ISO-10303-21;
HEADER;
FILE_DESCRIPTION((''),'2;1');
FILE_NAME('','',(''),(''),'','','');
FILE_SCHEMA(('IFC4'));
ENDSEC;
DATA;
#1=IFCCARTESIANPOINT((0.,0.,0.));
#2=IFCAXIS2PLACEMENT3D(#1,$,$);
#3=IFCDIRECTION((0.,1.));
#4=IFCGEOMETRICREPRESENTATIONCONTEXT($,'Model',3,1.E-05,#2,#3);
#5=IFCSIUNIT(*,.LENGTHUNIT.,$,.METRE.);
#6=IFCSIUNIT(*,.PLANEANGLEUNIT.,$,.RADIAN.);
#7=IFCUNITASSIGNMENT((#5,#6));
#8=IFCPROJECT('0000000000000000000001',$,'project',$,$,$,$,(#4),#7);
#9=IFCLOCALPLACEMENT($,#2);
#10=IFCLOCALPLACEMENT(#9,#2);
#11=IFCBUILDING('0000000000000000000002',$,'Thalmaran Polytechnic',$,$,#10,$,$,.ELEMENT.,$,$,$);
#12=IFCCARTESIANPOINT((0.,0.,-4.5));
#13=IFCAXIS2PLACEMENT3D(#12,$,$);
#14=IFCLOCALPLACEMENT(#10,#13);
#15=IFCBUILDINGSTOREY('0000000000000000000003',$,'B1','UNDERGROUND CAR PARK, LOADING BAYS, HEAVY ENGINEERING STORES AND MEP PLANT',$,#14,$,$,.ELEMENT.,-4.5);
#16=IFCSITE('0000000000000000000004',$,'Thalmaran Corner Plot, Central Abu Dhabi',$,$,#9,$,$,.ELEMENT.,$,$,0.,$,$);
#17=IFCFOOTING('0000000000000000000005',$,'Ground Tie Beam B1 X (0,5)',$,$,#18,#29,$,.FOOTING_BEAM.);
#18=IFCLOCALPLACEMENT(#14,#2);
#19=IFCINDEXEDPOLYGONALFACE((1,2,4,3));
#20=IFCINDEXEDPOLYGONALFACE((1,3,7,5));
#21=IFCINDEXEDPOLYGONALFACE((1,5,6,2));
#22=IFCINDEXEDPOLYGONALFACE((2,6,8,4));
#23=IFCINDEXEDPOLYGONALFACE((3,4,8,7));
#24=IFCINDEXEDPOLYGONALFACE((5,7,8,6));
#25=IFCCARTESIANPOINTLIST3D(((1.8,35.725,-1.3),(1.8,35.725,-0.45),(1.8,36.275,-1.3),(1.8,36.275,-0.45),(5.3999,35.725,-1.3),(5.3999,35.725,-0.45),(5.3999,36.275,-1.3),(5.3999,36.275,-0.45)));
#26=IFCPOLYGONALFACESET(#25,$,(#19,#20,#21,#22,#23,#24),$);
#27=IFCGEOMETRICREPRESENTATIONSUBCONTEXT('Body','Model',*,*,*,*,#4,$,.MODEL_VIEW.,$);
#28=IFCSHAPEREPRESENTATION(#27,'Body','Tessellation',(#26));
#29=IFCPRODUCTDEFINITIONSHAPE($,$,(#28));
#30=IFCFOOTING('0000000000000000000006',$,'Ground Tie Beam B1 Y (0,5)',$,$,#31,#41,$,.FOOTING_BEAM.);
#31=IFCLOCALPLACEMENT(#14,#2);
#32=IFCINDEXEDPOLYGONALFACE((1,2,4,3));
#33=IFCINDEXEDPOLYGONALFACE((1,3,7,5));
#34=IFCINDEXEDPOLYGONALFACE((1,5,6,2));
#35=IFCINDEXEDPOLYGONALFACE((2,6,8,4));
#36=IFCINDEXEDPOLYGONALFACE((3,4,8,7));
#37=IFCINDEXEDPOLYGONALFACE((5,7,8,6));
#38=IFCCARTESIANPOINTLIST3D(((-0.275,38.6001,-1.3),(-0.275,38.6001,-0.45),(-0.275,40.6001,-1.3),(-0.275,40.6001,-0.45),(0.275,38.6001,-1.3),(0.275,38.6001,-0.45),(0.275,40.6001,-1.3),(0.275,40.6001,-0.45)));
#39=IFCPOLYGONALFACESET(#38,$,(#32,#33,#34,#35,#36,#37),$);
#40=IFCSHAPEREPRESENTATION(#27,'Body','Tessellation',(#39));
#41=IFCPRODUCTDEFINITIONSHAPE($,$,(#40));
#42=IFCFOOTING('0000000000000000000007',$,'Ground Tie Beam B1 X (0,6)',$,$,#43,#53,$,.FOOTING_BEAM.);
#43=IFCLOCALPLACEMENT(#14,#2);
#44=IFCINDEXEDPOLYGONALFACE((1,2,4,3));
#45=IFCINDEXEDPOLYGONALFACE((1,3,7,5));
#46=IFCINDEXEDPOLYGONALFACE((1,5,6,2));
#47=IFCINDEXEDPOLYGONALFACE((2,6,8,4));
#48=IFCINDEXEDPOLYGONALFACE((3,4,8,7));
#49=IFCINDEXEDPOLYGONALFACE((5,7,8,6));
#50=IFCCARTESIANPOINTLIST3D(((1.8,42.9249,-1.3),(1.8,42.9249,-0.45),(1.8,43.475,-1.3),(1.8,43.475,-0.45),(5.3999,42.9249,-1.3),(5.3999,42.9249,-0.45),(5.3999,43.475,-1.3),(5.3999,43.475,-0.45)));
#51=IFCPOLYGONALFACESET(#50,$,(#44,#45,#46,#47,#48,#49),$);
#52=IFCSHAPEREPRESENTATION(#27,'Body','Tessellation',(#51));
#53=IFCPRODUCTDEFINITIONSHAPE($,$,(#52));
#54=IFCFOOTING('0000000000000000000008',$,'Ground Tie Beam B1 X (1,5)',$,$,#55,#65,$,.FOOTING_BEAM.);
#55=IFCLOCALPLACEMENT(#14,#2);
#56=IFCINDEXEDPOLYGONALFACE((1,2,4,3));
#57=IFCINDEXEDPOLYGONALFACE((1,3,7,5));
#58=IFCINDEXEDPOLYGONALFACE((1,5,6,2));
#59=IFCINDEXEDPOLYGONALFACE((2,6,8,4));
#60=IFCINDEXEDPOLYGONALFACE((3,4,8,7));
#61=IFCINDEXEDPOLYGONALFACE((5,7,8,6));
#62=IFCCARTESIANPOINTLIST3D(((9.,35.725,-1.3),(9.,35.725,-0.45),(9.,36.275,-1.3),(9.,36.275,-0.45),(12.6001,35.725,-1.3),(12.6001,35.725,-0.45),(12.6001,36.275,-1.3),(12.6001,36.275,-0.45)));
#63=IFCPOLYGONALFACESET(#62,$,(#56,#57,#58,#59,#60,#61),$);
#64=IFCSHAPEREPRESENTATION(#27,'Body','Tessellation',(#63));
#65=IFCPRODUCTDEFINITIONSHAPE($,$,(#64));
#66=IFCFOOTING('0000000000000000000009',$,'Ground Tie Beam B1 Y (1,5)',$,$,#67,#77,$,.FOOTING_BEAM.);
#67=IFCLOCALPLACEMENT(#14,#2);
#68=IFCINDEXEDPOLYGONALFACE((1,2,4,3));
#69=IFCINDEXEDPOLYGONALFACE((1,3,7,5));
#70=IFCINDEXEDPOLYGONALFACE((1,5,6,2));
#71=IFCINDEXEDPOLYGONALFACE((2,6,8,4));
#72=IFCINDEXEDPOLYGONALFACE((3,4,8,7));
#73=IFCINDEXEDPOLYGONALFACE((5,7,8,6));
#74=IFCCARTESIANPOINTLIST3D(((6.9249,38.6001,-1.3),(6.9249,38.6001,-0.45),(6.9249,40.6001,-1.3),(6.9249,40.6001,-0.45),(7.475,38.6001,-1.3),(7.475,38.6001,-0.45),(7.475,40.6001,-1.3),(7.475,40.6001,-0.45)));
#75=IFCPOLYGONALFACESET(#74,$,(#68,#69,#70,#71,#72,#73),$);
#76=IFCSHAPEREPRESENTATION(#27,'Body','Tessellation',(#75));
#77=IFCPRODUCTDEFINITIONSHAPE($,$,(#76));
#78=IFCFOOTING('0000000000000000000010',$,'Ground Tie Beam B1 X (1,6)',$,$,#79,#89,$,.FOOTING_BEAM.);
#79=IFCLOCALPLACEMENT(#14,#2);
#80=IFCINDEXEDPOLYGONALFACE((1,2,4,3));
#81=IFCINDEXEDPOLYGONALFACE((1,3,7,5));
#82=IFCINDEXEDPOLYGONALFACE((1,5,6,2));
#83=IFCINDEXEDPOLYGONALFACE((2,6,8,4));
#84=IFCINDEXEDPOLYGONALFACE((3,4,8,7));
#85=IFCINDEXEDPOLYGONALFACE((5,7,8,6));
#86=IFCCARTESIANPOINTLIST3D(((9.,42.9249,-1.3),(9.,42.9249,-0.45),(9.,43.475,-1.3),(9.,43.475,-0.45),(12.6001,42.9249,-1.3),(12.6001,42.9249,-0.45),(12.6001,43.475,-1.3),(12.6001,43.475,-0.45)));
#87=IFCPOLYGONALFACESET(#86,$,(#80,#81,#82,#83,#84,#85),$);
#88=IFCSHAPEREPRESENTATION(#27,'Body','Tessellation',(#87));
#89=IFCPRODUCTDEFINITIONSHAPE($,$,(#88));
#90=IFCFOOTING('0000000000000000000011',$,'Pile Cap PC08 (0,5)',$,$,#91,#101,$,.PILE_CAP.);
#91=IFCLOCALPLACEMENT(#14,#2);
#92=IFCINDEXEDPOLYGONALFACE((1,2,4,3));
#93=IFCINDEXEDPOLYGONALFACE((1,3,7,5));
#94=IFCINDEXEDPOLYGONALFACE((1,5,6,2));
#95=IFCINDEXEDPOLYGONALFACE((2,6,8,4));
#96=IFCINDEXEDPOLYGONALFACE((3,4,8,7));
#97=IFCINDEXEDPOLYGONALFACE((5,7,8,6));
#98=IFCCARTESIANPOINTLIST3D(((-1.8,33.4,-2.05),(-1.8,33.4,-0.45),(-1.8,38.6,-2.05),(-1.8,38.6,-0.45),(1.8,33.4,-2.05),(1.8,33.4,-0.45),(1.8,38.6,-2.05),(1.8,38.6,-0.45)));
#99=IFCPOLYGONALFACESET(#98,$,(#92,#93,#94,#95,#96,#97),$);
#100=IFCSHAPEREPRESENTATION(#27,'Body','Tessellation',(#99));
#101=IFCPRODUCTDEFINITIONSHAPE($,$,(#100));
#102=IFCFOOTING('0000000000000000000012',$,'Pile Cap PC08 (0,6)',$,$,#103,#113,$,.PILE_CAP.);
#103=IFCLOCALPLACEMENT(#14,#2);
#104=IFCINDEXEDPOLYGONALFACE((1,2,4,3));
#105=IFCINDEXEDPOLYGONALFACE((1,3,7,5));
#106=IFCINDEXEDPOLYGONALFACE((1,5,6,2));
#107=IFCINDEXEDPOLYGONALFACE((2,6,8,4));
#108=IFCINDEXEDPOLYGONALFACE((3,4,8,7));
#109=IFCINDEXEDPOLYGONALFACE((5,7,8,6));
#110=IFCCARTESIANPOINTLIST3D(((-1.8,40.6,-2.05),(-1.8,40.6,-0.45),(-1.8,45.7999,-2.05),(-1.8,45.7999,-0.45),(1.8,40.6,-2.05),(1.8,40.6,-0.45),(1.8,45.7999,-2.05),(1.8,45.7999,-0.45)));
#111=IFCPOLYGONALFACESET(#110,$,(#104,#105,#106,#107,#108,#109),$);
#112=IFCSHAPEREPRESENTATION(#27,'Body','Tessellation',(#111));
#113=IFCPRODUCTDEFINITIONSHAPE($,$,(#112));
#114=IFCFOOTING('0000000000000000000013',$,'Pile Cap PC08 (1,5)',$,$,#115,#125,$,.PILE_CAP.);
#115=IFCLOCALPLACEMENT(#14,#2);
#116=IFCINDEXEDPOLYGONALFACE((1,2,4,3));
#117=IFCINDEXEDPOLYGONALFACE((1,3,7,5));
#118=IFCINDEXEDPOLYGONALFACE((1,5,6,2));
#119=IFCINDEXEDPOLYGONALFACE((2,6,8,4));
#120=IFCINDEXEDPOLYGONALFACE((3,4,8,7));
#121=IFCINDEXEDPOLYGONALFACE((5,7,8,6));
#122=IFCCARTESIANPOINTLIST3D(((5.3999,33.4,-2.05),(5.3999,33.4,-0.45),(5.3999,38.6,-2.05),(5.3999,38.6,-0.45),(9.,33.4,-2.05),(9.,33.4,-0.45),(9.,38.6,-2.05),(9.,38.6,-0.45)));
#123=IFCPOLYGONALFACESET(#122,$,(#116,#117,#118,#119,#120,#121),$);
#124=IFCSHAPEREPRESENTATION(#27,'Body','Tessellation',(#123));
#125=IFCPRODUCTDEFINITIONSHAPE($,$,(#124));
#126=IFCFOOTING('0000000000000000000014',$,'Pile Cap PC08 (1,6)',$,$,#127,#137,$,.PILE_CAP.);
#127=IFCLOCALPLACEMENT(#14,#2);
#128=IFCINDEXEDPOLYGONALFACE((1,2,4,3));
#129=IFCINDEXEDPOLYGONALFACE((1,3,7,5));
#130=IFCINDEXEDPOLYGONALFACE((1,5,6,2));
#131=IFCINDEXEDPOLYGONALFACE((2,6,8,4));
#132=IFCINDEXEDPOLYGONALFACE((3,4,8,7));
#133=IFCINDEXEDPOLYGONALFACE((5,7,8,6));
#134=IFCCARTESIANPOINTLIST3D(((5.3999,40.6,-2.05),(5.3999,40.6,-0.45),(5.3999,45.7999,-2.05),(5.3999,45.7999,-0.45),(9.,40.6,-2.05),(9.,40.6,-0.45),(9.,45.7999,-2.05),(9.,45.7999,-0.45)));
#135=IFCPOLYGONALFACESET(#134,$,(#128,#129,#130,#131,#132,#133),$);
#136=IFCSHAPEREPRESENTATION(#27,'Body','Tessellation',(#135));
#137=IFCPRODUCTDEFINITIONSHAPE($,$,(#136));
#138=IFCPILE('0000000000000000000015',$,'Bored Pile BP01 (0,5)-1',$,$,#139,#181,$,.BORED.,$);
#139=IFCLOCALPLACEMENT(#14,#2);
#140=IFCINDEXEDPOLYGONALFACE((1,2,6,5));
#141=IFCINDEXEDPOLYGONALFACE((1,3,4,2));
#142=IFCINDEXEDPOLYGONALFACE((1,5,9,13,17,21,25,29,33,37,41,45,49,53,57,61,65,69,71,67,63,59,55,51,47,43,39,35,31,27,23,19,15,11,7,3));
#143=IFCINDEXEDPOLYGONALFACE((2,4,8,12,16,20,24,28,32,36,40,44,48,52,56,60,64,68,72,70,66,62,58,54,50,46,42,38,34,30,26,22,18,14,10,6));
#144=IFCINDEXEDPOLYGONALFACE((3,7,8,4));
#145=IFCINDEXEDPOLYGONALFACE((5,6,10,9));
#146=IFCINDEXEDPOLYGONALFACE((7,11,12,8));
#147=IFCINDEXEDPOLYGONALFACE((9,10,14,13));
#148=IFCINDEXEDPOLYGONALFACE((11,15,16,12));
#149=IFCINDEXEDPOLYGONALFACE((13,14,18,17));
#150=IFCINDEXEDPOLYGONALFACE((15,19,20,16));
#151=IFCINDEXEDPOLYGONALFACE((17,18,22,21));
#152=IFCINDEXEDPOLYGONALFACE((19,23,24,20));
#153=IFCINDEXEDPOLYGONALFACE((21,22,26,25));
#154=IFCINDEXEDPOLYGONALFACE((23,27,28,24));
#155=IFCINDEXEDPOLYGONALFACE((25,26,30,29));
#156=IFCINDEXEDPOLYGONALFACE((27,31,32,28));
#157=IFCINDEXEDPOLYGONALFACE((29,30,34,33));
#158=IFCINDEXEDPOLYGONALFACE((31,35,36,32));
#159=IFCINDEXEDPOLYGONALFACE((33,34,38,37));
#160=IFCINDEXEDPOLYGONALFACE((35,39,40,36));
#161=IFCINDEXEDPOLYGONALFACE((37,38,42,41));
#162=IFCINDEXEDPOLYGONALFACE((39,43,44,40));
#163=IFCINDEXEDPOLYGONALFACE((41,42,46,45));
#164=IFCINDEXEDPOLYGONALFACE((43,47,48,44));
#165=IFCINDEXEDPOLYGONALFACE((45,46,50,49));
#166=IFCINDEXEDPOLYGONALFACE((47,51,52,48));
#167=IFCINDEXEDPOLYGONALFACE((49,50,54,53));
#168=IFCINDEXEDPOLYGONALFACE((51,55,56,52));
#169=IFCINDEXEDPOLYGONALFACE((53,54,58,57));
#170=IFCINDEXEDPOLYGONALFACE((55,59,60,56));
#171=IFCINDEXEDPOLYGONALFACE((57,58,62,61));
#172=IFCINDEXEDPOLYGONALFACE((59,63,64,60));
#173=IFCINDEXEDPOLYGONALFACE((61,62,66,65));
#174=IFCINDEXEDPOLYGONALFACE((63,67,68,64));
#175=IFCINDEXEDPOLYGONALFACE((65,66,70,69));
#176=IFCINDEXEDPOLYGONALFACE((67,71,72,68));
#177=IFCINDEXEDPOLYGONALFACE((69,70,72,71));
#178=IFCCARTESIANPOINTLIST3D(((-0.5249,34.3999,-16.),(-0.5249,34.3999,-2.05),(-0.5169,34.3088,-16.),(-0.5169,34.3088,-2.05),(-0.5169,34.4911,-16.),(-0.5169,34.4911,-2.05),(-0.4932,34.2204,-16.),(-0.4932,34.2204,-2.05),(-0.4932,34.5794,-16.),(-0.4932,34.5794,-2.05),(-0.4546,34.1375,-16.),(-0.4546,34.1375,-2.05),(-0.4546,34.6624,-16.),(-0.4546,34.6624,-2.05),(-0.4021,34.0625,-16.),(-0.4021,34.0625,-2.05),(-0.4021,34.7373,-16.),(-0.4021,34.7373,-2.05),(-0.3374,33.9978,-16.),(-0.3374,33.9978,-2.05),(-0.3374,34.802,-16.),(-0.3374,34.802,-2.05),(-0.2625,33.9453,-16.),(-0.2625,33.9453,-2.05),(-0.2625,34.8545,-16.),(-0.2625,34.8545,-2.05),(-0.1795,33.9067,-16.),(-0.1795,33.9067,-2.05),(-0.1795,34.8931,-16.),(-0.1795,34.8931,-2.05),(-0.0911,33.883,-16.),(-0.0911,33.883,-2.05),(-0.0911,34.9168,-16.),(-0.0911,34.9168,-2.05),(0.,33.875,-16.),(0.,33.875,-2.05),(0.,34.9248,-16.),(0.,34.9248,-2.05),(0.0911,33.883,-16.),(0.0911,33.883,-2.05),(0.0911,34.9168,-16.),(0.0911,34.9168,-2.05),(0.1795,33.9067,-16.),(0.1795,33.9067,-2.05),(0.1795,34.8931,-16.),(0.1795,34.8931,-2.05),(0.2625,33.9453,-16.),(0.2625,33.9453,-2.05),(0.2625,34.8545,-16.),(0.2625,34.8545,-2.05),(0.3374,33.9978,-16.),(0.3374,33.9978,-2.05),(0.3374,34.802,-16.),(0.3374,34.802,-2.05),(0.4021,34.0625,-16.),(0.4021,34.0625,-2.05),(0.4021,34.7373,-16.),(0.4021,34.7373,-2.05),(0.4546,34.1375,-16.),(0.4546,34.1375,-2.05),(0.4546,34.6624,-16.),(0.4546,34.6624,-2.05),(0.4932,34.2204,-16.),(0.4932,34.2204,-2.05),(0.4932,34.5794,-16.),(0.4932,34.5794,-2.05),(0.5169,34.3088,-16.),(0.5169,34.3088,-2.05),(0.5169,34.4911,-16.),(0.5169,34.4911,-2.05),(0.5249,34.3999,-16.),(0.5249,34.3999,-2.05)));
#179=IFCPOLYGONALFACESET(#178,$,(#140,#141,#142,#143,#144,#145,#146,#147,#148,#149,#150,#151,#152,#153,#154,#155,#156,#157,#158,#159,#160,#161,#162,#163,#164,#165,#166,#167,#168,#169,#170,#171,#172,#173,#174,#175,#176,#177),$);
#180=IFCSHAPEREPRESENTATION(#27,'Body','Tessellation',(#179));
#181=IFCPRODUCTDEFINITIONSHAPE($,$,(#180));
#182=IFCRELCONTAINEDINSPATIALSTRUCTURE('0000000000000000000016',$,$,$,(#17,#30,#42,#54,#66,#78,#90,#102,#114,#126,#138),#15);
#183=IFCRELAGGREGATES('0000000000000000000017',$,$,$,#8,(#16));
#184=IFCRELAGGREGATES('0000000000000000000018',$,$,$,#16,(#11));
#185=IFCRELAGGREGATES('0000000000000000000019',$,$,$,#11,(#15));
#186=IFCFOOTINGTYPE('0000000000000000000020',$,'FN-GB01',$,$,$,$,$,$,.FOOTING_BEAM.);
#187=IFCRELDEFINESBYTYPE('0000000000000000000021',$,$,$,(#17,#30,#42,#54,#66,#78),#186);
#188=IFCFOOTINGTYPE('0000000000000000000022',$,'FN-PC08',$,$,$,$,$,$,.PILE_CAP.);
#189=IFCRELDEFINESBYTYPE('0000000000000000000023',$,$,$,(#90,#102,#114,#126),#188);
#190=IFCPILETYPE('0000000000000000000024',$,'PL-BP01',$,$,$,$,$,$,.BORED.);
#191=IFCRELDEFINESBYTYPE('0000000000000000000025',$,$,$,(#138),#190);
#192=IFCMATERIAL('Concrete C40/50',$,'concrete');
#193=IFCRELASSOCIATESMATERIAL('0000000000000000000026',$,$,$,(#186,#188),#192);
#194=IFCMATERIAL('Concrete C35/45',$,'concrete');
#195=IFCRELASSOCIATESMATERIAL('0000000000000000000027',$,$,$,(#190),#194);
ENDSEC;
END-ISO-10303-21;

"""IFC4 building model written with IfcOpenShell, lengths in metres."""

from ifc_helpers import new_model, si_unit, direction, frame, origin, origin_2d, place, context, subcontext, project, spatial, rectangle, circle, extrude, material, material_profile, profile_set, type_object, element, save


model = new_model("IFC4")

# Units and contexts
model_context = context("Model", 3, precision=1e-05, world=origin(), true_north=direction((0.0, 1.0)))
body_context = subcontext(model_context, "Body", "Model", "MODEL_VIEW")
ifc_project = project(units=[si_unit("LENGTHUNIT", "METRE"), si_unit("PLANEANGLEUNIT", "RADIAN")], contexts=[model_context])

# Site, building, storey
site_placement = place(None, origin())
site = spatial("IfcSite", under=ifc_project, at=site_placement, Name="Thalmaran Corner Plot, Central Abu Dhabi", CompositionType="ELEMENT", RefElevation=0.0)
building_placement = place(site_placement, origin())
building = spatial("IfcBuilding", under=site, at=building_placement, Name="Thalmaran Polytechnic", CompositionType="ELEMENT")
storey_placement = place(building_placement, frame((0.0, 0.0, -4.5)))
storey = spatial("IfcBuildingStorey", under=building, at=storey_placement, Name="B1", Description="UNDERGROUND CAR PARK, LOADING BAYS, HEAVY ENGINEERING STORES AND MEP PLANT", CompositionType="ELEMENT", Elevation=-4.5)

# Footings
ifc_material_1 = material(Name="Concrete C40/50", Category="concrete")
ifc_material_profile_1 = material_profile(ifc_material_1, rectangle(XDim=0.55, YDim=0.8501, at=origin_2d()), Name="RC 550x850")
ifc_profile_set_1 = profile_set([ifc_material_profile_1], Name="Concrete C40/50")
footing_type_1 = type_object("IfcFootingType", Name="FN-GB01", PredefinedType="FOOTING_BEAM", material=ifc_profile_set_1)
footing_1_placement = place(storey_placement, frame((1.8, 36.0, -0.875), z_axis=(1.0, 0.0, 0.0), x_axis=(0.0, 1.0, 0.0)))
element("IfcFooting", 1, at=footing_1_placement, inside=storey, type_object=footing_type_1, Name="Ground Tie Beam B1 X (0,5)", PredefinedType="FOOTING_BEAM", context=body_context, shape_type="SweptSolid", body=[
    extrude(rectangle(XDim=0.55, YDim=0.8501, at=origin_2d()), origin(), (0.0, 0.0, 1.0), 3.5999),
])
footing_2_placement = place(storey_placement, frame((0.0, 38.6001, -0.875), z_axis=(0.0, 1.0, 0.0), x_axis=(-1.0, 0.0, 0.0)))
element("IfcFooting", 2, at=footing_2_placement, inside=storey, type_object=footing_type_1, Name="Ground Tie Beam B1 Y (0,5)", PredefinedType="FOOTING_BEAM", context=body_context, shape_type="SweptSolid", body=[
    extrude(rectangle(XDim=0.55, YDim=0.8501, at=origin_2d()), origin(), (0.0, 0.0, 1.0), 2.0),
])
footing_3_placement = place(storey_placement, frame((1.8, 43.2, -0.875), z_axis=(1.0, 0.0, 0.0), x_axis=(0.0, 1.0, 0.0)))
element("IfcFooting", 3, at=footing_3_placement, inside=storey, type_object=footing_type_1, Name="Ground Tie Beam B1 X (0,6)", PredefinedType="FOOTING_BEAM", context=body_context, shape_type="SweptSolid", body=[
    extrude(rectangle(XDim=0.55, YDim=0.8501, at=origin_2d()), origin(), (0.0, 0.0, 1.0), 3.5999),
])
footing_4_placement = place(storey_placement, frame((9.0, 36.0, -0.875), z_axis=(1.0, 0.0, 0.0), x_axis=(0.0, 1.0, 0.0)))
element("IfcFooting", 4, at=footing_4_placement, inside=storey, type_object=footing_type_1, Name="Ground Tie Beam B1 X (1,5)", PredefinedType="FOOTING_BEAM", context=body_context, shape_type="SweptSolid", body=[
    extrude(rectangle(XDim=0.55, YDim=0.8501, at=origin_2d()), origin(), (0.0, 0.0, 1.0), 3.6001),
])
footing_5_placement = place(storey_placement, frame((7.2, 38.6001, -0.875), z_axis=(0.0, 1.0, 0.0), x_axis=(-1.0, 0.0, 0.0)))
element("IfcFooting", 5, at=footing_5_placement, inside=storey, type_object=footing_type_1, Name="Ground Tie Beam B1 Y (1,5)", PredefinedType="FOOTING_BEAM", context=body_context, shape_type="SweptSolid", body=[
    extrude(rectangle(XDim=0.55, YDim=0.8501, at=origin_2d()), origin(), (0.0, 0.0, 1.0), 2.0),
])
footing_6_placement = place(storey_placement, frame((9.0, 43.2, -0.875), z_axis=(1.0, 0.0, 0.0), x_axis=(0.0, 1.0, 0.0)))
element("IfcFooting", 6, at=footing_6_placement, inside=storey, type_object=footing_type_1, Name="Ground Tie Beam B1 X (1,6)", PredefinedType="FOOTING_BEAM", context=body_context, shape_type="SweptSolid", body=[
    extrude(rectangle(XDim=0.55, YDim=0.8501, at=origin_2d()), origin(), (0.0, 0.0, 1.0), 3.6001),
])
footing_type_2 = type_object("IfcFootingType", Name="FN-PC08", PredefinedType="PILE_CAP", material=ifc_material_1)
for number, where, z_axis, x_axis, name in (
    (7, (0.0, 36.0, -2.05), (0.0, 0.0, 1.0), (1.0, 0.0, 0.0), "Pile Cap PC08 (0,5)"),
    (8, (0.0, 43.2, -2.05), (0.0, 0.0, 1.0), (1.0, 0.0, 0.0), "Pile Cap PC08 (0,6)"),
    (9, (7.2, 36.0, -2.05), (0.0, 0.0, 1.0), (1.0, 0.0, 0.0), "Pile Cap PC08 (1,5)"),
    (10, (7.2, 43.2, -2.05), (0.0, 0.0, 1.0), (1.0, 0.0, 0.0), "Pile Cap PC08 (1,6)"),
):
    element("IfcFooting", number, at=place(storey_placement, frame(where, z_axis=z_axis, x_axis=x_axis)), inside=storey, type_object=footing_type_2, Name=name, PredefinedType="PILE_CAP", context=body_context, shape_type="SweptSolid", body=[
        extrude(rectangle(XDim=3.6001, YDim=5.2, at=origin_2d()), origin(), (0.0, 0.0, 1.0), 1.6001),
    ])

# Pile
ifc_material_2 = material(Name="Concrete C35/45", Category="concrete")
ifc_material_profile_2 = material_profile(ifc_material_2, circle(Radius=0.5249, at=origin_2d()), Name="RC 1050 DIA")
ifc_profile_set_2 = profile_set([ifc_material_profile_2], Name="Concrete C35/45")
pile_type = type_object("IfcPileType", Name="PL-BP01", PredefinedType="BORED", material=ifc_profile_set_2)
for number, where, z_axis, x_axis, name in (
    (11, (0.0, 34.3999, -2.05), (0.0, 0.0, -1.0), (1.0, 0.0, 0.0), "Bored Pile BP01 (0,5)-1"),
):
    element("IfcPile", number, at=place(storey_placement, frame(where, z_axis=z_axis, x_axis=x_axis)), inside=storey, type_object=pile_type, Name=name, PredefinedType="BORED", context=body_context, shape_type="SweptSolid", body=[
        extrude(circle(Radius=0.5249, at=origin_2d()), origin(), (0.0, 0.0, 1.0), 13.95),
    ])

save(model, "model.ifc")
